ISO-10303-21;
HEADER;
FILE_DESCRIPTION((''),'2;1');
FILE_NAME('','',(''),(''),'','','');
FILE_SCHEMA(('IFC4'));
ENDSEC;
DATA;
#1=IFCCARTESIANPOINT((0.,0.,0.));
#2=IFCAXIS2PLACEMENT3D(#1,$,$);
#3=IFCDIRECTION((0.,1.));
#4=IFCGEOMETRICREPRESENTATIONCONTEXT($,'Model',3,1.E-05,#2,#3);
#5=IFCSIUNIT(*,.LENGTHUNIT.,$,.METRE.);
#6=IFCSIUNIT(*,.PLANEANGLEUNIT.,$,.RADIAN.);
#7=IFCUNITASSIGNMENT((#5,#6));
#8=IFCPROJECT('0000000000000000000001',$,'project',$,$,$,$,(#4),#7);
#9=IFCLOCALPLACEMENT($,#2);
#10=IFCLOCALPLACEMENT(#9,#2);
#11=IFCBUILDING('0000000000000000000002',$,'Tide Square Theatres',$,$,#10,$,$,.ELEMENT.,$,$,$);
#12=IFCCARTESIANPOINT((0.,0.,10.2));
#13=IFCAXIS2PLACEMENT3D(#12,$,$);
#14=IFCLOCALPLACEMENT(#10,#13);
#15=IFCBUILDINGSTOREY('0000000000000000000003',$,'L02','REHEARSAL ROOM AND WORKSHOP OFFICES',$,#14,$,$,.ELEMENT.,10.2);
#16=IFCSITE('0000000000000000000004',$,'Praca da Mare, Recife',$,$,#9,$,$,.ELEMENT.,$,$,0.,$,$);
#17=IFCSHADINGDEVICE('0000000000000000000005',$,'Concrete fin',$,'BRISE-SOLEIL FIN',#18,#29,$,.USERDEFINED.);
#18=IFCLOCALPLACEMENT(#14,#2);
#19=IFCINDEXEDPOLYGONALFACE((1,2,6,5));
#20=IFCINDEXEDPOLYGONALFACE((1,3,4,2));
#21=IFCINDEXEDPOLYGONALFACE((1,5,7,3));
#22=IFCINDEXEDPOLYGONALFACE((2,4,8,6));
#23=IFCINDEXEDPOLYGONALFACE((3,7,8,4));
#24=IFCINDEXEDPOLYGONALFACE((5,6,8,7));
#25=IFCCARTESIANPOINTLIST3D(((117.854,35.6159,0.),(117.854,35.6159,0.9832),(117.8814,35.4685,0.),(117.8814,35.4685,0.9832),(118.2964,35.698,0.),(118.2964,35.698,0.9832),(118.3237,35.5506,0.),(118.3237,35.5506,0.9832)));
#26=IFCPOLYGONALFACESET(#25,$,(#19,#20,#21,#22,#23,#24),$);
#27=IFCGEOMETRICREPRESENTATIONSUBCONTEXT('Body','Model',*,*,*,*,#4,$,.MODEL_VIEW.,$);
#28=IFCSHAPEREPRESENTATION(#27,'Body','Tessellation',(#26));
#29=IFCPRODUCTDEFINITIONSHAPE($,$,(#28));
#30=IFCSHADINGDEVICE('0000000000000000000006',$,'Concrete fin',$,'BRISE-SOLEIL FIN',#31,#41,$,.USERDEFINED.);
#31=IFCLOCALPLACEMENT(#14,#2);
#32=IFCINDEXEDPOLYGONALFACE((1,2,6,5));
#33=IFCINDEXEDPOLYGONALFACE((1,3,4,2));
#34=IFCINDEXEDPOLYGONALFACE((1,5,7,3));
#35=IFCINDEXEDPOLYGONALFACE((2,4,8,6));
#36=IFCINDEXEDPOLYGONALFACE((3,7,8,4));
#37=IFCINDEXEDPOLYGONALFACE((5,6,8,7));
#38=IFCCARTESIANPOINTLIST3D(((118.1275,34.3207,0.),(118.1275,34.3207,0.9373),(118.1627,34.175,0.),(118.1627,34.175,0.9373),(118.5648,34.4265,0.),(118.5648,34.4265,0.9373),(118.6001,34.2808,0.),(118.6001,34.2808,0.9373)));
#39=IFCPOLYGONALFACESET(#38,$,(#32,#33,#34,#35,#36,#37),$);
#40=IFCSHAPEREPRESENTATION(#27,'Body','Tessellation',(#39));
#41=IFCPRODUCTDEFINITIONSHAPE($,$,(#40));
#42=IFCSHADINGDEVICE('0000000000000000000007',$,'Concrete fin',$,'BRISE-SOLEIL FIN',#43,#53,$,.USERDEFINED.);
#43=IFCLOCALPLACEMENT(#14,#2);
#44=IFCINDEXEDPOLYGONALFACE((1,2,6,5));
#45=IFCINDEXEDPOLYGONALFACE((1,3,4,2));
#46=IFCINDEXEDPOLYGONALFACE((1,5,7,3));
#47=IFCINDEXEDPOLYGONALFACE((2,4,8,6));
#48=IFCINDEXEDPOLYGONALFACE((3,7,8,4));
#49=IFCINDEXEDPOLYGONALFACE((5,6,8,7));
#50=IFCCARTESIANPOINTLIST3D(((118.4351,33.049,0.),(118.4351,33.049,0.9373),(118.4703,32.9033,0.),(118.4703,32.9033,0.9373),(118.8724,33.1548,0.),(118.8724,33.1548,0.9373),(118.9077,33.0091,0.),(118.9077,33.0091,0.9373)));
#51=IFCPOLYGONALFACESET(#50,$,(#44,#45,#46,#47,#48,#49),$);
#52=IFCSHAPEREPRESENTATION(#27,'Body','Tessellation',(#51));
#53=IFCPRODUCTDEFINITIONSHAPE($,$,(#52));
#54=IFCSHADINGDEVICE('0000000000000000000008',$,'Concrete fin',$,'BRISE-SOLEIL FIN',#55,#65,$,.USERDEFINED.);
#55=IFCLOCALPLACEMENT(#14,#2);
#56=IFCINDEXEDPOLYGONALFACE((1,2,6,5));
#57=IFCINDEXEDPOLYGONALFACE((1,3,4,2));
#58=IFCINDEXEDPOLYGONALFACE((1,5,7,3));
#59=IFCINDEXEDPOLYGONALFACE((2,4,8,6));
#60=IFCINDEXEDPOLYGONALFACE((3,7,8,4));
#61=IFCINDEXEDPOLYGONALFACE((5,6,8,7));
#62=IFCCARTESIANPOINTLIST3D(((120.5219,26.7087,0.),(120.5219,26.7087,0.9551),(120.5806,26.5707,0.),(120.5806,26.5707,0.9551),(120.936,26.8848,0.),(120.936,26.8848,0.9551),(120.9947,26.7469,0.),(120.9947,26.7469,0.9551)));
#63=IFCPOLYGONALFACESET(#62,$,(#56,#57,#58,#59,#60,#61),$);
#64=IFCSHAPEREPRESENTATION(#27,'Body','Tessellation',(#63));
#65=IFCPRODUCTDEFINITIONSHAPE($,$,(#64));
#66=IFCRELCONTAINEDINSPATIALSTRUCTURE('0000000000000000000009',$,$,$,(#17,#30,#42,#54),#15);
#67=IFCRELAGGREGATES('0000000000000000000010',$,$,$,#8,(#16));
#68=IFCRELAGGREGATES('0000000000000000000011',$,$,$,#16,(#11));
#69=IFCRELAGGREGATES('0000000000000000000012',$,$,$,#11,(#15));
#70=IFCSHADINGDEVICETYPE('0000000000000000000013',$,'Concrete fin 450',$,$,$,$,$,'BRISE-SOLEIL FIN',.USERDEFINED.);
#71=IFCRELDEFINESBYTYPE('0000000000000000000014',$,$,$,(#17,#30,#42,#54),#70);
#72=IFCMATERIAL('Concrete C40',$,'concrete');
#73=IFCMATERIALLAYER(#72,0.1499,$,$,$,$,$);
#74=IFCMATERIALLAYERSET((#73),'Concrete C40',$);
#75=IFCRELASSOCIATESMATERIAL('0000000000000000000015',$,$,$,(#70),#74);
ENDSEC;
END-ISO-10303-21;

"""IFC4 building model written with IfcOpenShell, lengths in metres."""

from ifc_helpers import new_model, si_unit, direction, frame, origin, origin_2d, place, context, subcontext, project, spatial, rectangle, extrude, material, layer, layer_set, type_object, element, save


model = new_model("IFC4")

# Units and contexts
model_context = context("Model", 3, precision=1e-05, world=origin(), true_north=direction((0.0, 1.0)))
body_context = subcontext(model_context, "Body", "Model", "MODEL_VIEW")
ifc_project = project(units=[si_unit("LENGTHUNIT", "METRE"), si_unit("PLANEANGLEUNIT", "RADIAN")], contexts=[model_context])

# Site, building, storey
site_placement = place(None, origin())
site = spatial("IfcSite", under=ifc_project, at=site_placement, Name="Praca da Mare, Recife", CompositionType="ELEMENT", RefElevation=0.0)
building_placement = place(site_placement, origin())
building = spatial("IfcBuilding", under=site, at=building_placement, Name="Tide Square Theatres", CompositionType="ELEMENT")
storey_placement = place(building_placement, frame((0.0, 0.0, 10.2)))
storey = spatial("IfcBuildingStorey", under=building, at=storey_placement, Name="L02", Description="REHEARSAL ROOM AND WORKSHOP OFFICES", CompositionType="ELEMENT", Elevation=10.2)

# Shading devices
ifc_material_1 = material(Name="Concrete C40", Category="concrete")
ifc_layer_1 = layer(ifc_material_1, 0.1499)
ifc_layer_set_1 = layer_set([ifc_layer_1], Name="Concrete C40")
shading_device_type = type_object("IfcShadingDeviceType", Name="Concrete fin 450", ElementType="BRISE-SOLEIL FIN", PredefinedType="USERDEFINED", material=ifc_layer_set_1)
shading_device_1_placement = place(storey_placement, frame((118.0889, 35.5833, 0.0), z_axis=(0.0, 0.0, 1.0), x_axis=(0.18263, -0.983182, 0.0)))
element("IfcShadingDevice", 1, at=shading_device_1_placement, inside=storey, type_object=shading_device_type, Name="Concrete fin", ObjectType="BRISE-SOLEIL FIN", PredefinedType="USERDEFINED", context=body_context, shape_type="SweptSolid", body=[
    extrude(rectangle(XDim=0.1499, YDim=0.45, at=origin_2d()), origin(), (0.0, 0.0, 1.0), 0.9832),
])
for number, where, z_axis, x_axis, name in (
    (2, (118.3638, 34.3008, 0.0), (0.0, 0.0, 1.0), (0.235142, -0.971961, 0.0), "Concrete fin"),
    (3, (118.6714, 33.0291, 0.0), (0.0, 0.0, 1.0), (0.235142, -0.971961, 0.0), "Concrete fin"),
):
    element("IfcShadingDevice", number, at=place(storey_placement, frame(where, z_axis=z_axis, x_axis=x_axis)), inside=storey, type_object=shading_device_type, Name=name, ObjectType="BRISE-SOLEIL FIN", PredefinedType="USERDEFINED", context=body_context, shape_type="SweptSolid", body=[
        extrude(rectangle(XDim=0.1499, YDim=0.45, at=origin_2d()), origin(), (0.0, 0.0, 1.0), 0.9373),
    ])
shading_device_2_placement = place(storey_placement, frame((120.7583, 26.7278, 0.0), z_axis=(0.0, 0.0, 1.0), x_axis=(0.391518, -0.92017, 0.0)))
element("IfcShadingDevice", 4, at=shading_device_2_placement, inside=storey, type_object=shading_device_type, Name="Concrete fin", ObjectType="BRISE-SOLEIL FIN", PredefinedType="USERDEFINED", context=body_context, shape_type="SweptSolid", body=[
    extrude(rectangle(XDim=0.1499, YDim=0.45, at=origin_2d()), origin(), (0.0, 0.0, 1.0), 0.9551),
])

save(model, "model.ifc")
